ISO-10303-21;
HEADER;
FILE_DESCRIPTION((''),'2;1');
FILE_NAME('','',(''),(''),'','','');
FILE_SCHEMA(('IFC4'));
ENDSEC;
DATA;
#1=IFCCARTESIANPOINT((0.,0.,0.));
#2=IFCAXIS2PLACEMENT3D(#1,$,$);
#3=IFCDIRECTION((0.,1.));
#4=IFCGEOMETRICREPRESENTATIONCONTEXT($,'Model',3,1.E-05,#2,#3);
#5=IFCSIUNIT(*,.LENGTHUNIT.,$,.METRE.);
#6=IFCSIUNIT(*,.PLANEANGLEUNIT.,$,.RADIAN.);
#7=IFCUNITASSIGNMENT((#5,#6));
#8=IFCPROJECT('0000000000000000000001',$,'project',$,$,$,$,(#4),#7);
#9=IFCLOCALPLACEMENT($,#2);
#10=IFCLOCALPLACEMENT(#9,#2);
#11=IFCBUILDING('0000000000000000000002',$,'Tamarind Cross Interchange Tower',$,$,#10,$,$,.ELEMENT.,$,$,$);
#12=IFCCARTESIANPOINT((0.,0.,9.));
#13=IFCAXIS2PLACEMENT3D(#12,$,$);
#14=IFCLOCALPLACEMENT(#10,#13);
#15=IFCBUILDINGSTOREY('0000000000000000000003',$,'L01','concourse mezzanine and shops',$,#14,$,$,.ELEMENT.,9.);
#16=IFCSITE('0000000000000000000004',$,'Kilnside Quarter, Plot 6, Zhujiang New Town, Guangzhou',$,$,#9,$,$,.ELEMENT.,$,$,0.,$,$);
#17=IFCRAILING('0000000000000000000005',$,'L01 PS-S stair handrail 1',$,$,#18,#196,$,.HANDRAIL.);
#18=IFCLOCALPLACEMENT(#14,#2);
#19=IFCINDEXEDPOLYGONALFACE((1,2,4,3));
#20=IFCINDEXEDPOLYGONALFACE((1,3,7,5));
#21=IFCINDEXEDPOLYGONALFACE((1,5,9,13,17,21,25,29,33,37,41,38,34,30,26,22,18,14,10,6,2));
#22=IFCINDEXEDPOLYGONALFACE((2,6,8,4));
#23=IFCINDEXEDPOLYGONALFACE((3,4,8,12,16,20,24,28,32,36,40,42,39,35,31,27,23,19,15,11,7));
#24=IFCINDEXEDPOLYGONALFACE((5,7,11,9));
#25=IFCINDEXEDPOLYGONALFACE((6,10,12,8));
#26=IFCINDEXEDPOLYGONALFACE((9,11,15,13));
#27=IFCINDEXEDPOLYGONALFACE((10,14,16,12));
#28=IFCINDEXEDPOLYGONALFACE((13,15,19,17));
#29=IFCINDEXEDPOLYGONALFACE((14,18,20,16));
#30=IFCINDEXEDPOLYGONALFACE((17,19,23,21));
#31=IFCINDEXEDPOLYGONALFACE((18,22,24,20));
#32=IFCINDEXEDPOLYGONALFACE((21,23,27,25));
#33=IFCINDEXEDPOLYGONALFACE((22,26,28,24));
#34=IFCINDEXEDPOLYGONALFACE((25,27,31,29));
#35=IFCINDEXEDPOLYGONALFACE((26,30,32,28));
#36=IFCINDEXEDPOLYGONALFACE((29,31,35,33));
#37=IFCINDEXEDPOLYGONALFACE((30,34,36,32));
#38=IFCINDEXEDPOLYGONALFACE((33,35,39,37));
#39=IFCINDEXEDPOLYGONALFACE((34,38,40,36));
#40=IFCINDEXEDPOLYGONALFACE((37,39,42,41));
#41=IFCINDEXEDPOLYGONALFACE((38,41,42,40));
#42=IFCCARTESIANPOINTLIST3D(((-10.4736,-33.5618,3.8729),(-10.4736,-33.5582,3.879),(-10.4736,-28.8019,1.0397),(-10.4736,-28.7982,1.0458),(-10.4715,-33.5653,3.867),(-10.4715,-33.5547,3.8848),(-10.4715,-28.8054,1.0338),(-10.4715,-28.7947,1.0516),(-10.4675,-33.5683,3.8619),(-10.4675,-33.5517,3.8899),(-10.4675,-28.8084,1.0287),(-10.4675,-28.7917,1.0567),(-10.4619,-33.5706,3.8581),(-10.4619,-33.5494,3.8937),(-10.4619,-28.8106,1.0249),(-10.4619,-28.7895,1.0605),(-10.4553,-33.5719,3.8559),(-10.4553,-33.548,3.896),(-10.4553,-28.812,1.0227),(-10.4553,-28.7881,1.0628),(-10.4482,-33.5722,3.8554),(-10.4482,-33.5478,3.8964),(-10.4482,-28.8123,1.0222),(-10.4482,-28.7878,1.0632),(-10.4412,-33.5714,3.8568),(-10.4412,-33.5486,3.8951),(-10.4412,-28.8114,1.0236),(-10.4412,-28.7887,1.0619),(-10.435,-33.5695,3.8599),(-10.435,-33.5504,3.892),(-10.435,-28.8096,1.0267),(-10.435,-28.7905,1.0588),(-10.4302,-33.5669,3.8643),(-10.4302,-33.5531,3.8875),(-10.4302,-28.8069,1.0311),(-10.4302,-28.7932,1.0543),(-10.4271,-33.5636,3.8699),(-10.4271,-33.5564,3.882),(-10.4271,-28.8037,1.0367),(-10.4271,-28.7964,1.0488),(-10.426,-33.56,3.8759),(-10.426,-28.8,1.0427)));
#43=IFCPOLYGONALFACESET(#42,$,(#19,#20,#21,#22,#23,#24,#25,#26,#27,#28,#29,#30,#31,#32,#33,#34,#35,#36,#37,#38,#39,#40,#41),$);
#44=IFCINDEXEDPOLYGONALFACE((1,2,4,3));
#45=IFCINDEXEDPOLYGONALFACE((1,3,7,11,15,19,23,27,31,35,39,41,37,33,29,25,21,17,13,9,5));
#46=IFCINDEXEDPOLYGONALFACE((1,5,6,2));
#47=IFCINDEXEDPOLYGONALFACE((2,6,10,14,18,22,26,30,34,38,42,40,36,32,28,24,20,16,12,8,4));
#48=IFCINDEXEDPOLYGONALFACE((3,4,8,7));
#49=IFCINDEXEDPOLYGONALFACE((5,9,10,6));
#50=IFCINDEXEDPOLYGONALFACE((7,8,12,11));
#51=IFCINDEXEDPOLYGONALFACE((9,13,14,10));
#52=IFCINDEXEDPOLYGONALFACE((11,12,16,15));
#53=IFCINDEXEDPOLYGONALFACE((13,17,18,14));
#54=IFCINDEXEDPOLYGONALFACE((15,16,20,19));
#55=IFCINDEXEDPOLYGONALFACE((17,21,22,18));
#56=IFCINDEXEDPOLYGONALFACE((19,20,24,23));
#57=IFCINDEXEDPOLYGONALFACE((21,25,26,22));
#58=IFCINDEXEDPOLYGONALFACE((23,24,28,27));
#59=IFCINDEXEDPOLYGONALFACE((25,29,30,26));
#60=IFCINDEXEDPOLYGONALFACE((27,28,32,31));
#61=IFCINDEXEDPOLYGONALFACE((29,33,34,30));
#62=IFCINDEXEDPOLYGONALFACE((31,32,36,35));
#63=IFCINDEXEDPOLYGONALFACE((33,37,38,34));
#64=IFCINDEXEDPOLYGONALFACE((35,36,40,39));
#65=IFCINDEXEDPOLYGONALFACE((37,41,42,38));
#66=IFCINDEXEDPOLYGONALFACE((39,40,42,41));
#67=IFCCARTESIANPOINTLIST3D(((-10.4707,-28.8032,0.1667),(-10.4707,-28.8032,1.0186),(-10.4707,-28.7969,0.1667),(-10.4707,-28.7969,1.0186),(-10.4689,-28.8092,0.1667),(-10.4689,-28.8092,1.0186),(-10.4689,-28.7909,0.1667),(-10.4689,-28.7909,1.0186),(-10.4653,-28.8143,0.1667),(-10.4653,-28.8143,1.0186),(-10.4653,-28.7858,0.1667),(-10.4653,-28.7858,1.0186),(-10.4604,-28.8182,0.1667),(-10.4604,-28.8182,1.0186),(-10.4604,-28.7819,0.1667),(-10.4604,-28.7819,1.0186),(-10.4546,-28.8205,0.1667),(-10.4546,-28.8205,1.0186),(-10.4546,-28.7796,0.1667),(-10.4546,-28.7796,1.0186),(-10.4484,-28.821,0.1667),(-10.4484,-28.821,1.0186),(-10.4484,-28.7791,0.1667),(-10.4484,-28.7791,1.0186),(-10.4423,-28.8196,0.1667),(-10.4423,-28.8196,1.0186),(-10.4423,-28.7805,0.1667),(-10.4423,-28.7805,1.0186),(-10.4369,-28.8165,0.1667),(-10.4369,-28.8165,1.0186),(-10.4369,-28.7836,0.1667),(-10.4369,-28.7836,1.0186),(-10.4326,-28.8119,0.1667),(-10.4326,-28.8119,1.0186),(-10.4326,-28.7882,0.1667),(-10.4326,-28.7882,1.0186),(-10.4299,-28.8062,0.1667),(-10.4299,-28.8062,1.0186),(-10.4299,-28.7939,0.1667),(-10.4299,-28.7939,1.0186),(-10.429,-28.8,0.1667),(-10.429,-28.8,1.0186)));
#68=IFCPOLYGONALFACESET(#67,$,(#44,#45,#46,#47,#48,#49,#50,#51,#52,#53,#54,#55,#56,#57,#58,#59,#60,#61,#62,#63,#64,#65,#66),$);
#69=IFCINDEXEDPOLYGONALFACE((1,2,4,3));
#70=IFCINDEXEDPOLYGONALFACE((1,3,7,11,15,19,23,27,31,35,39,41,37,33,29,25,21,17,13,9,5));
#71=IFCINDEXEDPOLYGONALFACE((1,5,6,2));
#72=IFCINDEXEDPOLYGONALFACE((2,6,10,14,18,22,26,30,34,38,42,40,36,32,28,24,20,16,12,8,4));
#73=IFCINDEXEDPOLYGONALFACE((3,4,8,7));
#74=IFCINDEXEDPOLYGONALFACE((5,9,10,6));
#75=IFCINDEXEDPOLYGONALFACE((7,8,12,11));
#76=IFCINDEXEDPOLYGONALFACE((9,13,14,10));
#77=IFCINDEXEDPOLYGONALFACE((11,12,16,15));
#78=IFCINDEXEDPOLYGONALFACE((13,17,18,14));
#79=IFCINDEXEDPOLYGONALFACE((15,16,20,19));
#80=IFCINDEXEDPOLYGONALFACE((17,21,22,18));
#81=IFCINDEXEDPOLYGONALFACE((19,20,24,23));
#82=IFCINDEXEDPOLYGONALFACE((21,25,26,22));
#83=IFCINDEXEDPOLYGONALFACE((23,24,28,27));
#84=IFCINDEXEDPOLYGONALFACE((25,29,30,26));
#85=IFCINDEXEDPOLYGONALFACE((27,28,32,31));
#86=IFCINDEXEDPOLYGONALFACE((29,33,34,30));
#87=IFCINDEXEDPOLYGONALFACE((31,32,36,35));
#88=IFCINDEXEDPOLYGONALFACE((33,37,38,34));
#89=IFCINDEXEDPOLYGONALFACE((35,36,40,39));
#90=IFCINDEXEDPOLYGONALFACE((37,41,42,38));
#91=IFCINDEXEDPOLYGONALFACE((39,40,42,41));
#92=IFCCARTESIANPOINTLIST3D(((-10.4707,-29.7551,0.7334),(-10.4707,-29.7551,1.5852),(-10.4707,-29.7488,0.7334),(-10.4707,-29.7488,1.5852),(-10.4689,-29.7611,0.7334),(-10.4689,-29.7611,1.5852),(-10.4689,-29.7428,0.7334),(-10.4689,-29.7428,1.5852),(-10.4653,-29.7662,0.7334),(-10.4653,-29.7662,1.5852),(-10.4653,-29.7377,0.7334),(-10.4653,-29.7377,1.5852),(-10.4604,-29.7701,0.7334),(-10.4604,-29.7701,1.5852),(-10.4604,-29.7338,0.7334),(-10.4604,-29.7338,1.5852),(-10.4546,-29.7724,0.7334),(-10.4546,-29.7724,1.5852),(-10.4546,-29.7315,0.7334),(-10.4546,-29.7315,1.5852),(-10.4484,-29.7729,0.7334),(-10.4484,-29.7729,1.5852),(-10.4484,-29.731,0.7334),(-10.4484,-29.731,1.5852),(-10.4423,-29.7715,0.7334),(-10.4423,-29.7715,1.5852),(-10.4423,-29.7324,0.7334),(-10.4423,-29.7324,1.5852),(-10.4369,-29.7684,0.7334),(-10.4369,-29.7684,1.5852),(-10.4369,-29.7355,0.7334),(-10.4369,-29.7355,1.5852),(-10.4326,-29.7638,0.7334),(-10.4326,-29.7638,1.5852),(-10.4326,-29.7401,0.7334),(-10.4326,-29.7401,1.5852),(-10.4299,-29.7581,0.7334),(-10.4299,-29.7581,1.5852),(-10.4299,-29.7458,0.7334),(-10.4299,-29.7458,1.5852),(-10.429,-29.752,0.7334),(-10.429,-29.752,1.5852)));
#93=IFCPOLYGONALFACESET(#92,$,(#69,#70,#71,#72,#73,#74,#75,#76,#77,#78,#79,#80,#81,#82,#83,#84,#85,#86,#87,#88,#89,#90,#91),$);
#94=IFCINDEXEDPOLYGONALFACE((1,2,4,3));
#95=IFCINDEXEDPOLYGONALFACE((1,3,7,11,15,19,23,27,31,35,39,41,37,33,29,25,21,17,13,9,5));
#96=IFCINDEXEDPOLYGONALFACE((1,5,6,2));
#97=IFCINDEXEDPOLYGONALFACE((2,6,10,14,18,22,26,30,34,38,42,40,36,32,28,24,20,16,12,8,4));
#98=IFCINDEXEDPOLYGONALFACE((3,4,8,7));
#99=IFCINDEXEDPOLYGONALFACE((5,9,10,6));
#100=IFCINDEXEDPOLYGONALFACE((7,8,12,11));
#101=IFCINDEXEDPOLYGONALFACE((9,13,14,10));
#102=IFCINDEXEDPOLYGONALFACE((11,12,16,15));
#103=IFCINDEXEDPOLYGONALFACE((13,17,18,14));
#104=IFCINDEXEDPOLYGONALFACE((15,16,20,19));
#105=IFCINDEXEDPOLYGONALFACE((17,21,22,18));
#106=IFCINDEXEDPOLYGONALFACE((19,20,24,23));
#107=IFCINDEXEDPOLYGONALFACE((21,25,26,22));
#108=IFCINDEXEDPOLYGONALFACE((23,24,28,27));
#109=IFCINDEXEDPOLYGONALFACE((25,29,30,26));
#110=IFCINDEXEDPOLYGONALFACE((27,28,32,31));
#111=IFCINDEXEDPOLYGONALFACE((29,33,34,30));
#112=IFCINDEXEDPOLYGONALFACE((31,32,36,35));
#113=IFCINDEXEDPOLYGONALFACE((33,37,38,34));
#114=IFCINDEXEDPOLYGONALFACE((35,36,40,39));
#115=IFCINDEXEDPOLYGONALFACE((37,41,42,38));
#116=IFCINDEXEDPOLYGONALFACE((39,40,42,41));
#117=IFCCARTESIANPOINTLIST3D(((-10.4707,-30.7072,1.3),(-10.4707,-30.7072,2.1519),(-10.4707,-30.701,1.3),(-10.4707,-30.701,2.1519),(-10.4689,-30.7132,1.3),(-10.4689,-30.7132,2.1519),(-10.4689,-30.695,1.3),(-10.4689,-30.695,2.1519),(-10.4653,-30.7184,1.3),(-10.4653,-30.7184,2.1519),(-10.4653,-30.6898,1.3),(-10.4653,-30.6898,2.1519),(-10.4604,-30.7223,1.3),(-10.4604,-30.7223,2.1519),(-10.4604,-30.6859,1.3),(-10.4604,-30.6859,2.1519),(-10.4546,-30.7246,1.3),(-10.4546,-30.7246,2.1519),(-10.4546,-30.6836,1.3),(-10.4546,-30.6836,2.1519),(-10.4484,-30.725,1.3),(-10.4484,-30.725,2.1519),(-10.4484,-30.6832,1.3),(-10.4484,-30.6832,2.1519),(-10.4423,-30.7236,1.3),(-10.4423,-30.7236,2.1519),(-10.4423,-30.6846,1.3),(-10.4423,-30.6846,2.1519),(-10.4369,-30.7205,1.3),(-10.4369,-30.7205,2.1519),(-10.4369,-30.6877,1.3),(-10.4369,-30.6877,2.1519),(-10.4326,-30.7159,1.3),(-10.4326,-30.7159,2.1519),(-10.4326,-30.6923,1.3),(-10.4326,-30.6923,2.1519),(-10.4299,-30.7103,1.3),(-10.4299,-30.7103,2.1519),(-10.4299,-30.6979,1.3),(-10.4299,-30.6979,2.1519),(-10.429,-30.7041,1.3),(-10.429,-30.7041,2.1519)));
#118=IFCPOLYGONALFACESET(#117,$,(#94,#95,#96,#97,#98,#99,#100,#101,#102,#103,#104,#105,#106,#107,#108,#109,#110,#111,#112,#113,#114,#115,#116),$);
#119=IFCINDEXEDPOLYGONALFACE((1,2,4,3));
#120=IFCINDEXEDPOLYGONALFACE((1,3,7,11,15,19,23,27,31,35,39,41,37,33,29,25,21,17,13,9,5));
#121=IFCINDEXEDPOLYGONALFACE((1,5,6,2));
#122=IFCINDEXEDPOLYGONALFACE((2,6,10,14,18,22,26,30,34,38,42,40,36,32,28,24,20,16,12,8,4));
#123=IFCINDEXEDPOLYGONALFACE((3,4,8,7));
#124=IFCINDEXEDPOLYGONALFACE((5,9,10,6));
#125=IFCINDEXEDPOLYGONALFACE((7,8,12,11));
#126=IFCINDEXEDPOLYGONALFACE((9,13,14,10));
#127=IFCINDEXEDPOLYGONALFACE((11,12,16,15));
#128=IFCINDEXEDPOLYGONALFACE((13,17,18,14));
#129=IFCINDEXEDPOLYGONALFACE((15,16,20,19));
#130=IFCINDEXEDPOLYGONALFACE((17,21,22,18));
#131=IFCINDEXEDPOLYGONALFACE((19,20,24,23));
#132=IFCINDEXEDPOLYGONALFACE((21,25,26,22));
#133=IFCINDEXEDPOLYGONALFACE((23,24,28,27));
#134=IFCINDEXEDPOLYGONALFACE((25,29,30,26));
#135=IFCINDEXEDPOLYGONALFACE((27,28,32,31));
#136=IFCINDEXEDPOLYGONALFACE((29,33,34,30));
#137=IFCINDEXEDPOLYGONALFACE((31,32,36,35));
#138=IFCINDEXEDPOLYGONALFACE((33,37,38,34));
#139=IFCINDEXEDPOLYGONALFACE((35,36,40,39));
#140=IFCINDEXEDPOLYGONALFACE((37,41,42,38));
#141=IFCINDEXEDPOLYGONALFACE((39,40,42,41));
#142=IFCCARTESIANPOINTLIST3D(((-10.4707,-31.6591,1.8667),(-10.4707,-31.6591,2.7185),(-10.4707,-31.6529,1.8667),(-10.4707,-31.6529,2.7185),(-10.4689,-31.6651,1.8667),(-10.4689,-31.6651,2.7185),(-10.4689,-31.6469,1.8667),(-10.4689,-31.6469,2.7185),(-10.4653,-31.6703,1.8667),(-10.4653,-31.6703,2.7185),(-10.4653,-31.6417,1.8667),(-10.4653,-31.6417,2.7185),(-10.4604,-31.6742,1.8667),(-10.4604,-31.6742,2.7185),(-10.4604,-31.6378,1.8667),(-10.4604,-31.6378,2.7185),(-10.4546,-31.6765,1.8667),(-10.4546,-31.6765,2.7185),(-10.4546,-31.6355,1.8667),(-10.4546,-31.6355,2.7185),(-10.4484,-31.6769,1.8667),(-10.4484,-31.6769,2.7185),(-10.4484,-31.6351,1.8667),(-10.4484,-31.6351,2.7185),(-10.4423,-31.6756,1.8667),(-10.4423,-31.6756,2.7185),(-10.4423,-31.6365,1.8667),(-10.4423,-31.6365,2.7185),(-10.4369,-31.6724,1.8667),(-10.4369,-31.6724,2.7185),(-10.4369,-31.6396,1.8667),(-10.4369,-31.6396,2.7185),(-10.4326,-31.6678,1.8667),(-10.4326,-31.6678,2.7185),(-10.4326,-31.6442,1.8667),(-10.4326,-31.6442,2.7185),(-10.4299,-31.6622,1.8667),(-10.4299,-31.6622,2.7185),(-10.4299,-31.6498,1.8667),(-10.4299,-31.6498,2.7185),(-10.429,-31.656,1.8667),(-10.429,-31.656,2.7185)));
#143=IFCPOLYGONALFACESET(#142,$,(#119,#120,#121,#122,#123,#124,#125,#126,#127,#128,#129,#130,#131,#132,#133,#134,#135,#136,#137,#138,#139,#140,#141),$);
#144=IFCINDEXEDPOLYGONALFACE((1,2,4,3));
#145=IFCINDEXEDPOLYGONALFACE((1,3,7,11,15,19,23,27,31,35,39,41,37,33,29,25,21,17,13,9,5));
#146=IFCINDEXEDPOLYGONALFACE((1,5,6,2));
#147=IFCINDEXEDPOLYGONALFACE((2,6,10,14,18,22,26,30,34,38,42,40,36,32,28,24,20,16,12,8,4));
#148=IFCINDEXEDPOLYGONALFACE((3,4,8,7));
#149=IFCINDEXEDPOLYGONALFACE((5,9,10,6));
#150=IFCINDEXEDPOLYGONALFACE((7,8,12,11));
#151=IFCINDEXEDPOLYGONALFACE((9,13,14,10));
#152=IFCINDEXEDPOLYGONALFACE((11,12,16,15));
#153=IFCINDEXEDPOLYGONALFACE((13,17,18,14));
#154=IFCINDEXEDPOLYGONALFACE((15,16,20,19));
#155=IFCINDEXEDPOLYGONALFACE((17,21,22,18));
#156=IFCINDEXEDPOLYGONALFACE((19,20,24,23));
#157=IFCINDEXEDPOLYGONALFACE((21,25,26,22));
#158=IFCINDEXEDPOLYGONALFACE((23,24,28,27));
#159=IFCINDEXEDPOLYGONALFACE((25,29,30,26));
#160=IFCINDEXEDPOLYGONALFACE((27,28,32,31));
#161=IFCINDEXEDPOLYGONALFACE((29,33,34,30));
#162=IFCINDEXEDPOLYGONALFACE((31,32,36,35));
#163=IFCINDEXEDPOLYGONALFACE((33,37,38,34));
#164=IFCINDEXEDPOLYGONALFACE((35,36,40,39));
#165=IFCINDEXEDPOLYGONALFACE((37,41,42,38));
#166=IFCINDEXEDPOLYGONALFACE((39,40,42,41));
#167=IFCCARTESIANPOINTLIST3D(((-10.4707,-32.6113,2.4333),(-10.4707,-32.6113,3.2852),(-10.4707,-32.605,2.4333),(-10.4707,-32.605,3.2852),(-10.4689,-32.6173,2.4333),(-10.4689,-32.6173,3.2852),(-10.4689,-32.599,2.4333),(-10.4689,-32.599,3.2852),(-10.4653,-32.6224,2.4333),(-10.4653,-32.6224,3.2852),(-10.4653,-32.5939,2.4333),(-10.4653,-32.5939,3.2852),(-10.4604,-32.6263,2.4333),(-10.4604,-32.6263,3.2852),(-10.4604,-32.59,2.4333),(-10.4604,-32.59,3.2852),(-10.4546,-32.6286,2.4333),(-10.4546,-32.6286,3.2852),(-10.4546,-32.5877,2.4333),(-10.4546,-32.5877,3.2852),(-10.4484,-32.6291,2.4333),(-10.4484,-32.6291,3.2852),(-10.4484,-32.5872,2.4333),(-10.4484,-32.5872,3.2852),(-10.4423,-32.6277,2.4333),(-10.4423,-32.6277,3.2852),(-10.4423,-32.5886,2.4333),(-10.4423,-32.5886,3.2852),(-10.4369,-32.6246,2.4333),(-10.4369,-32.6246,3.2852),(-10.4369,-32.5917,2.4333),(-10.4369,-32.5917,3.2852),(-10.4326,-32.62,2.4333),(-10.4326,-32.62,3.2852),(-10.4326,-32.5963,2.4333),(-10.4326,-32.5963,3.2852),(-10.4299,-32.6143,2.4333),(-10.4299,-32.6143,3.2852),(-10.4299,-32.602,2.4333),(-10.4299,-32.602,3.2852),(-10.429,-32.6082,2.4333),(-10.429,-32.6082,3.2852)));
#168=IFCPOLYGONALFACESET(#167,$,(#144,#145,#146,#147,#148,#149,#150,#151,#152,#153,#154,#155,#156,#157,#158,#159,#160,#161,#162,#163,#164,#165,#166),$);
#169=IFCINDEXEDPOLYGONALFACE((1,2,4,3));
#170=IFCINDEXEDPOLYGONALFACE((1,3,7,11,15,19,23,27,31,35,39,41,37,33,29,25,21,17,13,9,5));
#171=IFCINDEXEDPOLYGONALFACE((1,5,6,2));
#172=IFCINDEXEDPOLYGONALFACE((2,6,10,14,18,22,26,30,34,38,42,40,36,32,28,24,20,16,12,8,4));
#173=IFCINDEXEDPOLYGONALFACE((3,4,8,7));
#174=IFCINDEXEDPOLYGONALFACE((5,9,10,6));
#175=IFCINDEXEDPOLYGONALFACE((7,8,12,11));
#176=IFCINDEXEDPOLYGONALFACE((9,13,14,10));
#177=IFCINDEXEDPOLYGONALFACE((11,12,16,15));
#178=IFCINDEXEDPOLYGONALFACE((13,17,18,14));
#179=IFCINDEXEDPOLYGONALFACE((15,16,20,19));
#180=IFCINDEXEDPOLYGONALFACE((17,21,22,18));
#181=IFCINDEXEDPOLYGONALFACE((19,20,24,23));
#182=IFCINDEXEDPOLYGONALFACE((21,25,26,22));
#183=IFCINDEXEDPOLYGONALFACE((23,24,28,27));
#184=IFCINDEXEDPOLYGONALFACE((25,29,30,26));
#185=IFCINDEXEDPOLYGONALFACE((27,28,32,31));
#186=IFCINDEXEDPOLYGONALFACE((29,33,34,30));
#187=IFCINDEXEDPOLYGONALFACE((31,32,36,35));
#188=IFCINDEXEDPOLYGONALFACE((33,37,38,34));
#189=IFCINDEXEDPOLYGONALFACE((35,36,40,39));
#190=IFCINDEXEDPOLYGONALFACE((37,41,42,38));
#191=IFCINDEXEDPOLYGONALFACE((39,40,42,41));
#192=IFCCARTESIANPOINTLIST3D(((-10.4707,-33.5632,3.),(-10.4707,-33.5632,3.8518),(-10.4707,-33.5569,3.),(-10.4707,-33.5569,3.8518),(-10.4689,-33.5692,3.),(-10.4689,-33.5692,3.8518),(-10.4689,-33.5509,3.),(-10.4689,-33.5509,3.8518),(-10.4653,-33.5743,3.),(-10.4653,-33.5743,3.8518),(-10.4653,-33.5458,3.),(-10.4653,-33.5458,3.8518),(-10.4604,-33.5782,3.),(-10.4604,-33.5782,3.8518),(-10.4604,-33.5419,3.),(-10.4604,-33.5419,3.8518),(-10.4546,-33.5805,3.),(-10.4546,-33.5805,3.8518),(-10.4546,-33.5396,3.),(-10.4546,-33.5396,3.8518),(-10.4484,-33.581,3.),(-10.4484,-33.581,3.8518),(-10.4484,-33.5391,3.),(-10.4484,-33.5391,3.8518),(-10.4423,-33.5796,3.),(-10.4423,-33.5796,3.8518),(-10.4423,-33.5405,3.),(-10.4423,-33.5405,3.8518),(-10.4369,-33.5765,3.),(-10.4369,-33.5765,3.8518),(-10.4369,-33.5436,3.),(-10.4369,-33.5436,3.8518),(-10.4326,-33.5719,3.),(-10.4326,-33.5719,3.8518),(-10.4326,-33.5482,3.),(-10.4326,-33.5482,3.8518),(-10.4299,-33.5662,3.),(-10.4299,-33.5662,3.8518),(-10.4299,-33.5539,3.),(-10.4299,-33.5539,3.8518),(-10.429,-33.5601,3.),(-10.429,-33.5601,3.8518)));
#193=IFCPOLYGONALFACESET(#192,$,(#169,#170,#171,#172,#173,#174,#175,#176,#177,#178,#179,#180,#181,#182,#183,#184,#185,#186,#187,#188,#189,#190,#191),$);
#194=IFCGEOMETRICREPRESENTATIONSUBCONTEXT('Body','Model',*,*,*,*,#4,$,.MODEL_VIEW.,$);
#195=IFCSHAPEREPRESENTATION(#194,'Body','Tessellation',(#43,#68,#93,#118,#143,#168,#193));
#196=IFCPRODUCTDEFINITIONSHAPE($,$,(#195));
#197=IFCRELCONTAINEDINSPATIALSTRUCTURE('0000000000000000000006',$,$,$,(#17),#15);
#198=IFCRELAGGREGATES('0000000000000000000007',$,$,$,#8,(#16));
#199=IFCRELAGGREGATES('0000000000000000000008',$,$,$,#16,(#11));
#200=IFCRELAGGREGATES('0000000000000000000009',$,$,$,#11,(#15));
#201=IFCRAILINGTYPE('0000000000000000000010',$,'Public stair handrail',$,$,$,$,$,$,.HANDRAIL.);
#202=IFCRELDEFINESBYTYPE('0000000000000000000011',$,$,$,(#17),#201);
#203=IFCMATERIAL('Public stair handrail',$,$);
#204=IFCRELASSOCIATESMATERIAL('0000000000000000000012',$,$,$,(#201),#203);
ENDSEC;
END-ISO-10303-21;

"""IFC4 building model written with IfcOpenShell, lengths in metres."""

from ifc_helpers import new_model, si_unit, direction, frame, origin, origin_2d, place, context, subcontext, project, spatial, circle, extrude, material, type_object, element, save


model = new_model("IFC4")

# Units and contexts
model_context = context("Model", 3, precision=1e-05, world=origin(), true_north=direction((0.0, 1.0)))
body_context = subcontext(model_context, "Body", "Model", "MODEL_VIEW")
ifc_project = project(units=[si_unit("LENGTHUNIT", "METRE"), si_unit("PLANEANGLEUNIT", "RADIAN")], contexts=[model_context])

# Site, building, storey
site_placement = place(None, origin())
site = spatial("IfcSite", under=ifc_project, at=site_placement, Name="Kilnside Quarter, Plot 6, Zhujiang New Town, Guangzhou", CompositionType="ELEMENT", RefElevation=0.0)
building_placement = place(site_placement, origin())
building = spatial("IfcBuilding", under=site, at=building_placement, Name="Tamarind Cross Interchange Tower", CompositionType="ELEMENT")
storey_placement = place(building_placement, frame((0.0, 0.0, 9.0)))
storey = spatial("IfcBuildingStorey", under=building, at=storey_placement, Name="L01", Description="concourse mezzanine and shops", CompositionType="ELEMENT", Elevation=9.0)

# Railing
ifc_material_1 = material(Name="Public stair handrail")
railing_type_1 = type_object("IfcRailingType", Name="Public stair handrail", PredefinedType="HANDRAIL", material=ifc_material_1)
railing_1_placement = place(storey_placement, frame((-10.45, -28.8, 0.1667)))
element("IfcRailing", 1, at=railing_1_placement, inside=storey, type_object=railing_type_1, Name="L01 PS-S stair handrail 1", PredefinedType="HANDRAIL", context=body_context, shape_type="SweptSolid", body=[
    extrude(circle(Radius=0.0239, at=origin_2d()), frame((0.0, 0.0, 0.876), z_axis=(0.0, -0.8593, 0.511472), x_axis=(1.0, 0.0, 0.0)), (0.0, 0.0, 1.0), 5.5393),
    extrude(circle(Radius=0.021, at=origin_2d()), origin(), (0.0, 0.0, 1.0), 0.8518),
    extrude(circle(Radius=0.021, at=origin_2d()), frame((0.0, -0.9519, 0.5667)), (0.0, 0.0, 1.0), 0.8518),
    extrude(circle(Radius=0.021, at=origin_2d()), frame((0.0, -1.9041, 1.1333)), (0.0, 0.0, 1.0), 0.8518),
    extrude(circle(Radius=0.021, at=origin_2d()), frame((0.0, -2.856, 1.7)), (0.0, 0.0, 1.0), 0.8518),
    extrude(circle(Radius=0.021, at=origin_2d()), frame((0.0, -3.8081, 2.2666)), (0.0, 0.0, 1.0), 0.8518),
    extrude(circle(Radius=0.021, at=origin_2d()), frame((0.0, -4.76, 2.8333)), (0.0, 0.0, 1.0), 0.8518),
])

save(model, "model.ifc")
